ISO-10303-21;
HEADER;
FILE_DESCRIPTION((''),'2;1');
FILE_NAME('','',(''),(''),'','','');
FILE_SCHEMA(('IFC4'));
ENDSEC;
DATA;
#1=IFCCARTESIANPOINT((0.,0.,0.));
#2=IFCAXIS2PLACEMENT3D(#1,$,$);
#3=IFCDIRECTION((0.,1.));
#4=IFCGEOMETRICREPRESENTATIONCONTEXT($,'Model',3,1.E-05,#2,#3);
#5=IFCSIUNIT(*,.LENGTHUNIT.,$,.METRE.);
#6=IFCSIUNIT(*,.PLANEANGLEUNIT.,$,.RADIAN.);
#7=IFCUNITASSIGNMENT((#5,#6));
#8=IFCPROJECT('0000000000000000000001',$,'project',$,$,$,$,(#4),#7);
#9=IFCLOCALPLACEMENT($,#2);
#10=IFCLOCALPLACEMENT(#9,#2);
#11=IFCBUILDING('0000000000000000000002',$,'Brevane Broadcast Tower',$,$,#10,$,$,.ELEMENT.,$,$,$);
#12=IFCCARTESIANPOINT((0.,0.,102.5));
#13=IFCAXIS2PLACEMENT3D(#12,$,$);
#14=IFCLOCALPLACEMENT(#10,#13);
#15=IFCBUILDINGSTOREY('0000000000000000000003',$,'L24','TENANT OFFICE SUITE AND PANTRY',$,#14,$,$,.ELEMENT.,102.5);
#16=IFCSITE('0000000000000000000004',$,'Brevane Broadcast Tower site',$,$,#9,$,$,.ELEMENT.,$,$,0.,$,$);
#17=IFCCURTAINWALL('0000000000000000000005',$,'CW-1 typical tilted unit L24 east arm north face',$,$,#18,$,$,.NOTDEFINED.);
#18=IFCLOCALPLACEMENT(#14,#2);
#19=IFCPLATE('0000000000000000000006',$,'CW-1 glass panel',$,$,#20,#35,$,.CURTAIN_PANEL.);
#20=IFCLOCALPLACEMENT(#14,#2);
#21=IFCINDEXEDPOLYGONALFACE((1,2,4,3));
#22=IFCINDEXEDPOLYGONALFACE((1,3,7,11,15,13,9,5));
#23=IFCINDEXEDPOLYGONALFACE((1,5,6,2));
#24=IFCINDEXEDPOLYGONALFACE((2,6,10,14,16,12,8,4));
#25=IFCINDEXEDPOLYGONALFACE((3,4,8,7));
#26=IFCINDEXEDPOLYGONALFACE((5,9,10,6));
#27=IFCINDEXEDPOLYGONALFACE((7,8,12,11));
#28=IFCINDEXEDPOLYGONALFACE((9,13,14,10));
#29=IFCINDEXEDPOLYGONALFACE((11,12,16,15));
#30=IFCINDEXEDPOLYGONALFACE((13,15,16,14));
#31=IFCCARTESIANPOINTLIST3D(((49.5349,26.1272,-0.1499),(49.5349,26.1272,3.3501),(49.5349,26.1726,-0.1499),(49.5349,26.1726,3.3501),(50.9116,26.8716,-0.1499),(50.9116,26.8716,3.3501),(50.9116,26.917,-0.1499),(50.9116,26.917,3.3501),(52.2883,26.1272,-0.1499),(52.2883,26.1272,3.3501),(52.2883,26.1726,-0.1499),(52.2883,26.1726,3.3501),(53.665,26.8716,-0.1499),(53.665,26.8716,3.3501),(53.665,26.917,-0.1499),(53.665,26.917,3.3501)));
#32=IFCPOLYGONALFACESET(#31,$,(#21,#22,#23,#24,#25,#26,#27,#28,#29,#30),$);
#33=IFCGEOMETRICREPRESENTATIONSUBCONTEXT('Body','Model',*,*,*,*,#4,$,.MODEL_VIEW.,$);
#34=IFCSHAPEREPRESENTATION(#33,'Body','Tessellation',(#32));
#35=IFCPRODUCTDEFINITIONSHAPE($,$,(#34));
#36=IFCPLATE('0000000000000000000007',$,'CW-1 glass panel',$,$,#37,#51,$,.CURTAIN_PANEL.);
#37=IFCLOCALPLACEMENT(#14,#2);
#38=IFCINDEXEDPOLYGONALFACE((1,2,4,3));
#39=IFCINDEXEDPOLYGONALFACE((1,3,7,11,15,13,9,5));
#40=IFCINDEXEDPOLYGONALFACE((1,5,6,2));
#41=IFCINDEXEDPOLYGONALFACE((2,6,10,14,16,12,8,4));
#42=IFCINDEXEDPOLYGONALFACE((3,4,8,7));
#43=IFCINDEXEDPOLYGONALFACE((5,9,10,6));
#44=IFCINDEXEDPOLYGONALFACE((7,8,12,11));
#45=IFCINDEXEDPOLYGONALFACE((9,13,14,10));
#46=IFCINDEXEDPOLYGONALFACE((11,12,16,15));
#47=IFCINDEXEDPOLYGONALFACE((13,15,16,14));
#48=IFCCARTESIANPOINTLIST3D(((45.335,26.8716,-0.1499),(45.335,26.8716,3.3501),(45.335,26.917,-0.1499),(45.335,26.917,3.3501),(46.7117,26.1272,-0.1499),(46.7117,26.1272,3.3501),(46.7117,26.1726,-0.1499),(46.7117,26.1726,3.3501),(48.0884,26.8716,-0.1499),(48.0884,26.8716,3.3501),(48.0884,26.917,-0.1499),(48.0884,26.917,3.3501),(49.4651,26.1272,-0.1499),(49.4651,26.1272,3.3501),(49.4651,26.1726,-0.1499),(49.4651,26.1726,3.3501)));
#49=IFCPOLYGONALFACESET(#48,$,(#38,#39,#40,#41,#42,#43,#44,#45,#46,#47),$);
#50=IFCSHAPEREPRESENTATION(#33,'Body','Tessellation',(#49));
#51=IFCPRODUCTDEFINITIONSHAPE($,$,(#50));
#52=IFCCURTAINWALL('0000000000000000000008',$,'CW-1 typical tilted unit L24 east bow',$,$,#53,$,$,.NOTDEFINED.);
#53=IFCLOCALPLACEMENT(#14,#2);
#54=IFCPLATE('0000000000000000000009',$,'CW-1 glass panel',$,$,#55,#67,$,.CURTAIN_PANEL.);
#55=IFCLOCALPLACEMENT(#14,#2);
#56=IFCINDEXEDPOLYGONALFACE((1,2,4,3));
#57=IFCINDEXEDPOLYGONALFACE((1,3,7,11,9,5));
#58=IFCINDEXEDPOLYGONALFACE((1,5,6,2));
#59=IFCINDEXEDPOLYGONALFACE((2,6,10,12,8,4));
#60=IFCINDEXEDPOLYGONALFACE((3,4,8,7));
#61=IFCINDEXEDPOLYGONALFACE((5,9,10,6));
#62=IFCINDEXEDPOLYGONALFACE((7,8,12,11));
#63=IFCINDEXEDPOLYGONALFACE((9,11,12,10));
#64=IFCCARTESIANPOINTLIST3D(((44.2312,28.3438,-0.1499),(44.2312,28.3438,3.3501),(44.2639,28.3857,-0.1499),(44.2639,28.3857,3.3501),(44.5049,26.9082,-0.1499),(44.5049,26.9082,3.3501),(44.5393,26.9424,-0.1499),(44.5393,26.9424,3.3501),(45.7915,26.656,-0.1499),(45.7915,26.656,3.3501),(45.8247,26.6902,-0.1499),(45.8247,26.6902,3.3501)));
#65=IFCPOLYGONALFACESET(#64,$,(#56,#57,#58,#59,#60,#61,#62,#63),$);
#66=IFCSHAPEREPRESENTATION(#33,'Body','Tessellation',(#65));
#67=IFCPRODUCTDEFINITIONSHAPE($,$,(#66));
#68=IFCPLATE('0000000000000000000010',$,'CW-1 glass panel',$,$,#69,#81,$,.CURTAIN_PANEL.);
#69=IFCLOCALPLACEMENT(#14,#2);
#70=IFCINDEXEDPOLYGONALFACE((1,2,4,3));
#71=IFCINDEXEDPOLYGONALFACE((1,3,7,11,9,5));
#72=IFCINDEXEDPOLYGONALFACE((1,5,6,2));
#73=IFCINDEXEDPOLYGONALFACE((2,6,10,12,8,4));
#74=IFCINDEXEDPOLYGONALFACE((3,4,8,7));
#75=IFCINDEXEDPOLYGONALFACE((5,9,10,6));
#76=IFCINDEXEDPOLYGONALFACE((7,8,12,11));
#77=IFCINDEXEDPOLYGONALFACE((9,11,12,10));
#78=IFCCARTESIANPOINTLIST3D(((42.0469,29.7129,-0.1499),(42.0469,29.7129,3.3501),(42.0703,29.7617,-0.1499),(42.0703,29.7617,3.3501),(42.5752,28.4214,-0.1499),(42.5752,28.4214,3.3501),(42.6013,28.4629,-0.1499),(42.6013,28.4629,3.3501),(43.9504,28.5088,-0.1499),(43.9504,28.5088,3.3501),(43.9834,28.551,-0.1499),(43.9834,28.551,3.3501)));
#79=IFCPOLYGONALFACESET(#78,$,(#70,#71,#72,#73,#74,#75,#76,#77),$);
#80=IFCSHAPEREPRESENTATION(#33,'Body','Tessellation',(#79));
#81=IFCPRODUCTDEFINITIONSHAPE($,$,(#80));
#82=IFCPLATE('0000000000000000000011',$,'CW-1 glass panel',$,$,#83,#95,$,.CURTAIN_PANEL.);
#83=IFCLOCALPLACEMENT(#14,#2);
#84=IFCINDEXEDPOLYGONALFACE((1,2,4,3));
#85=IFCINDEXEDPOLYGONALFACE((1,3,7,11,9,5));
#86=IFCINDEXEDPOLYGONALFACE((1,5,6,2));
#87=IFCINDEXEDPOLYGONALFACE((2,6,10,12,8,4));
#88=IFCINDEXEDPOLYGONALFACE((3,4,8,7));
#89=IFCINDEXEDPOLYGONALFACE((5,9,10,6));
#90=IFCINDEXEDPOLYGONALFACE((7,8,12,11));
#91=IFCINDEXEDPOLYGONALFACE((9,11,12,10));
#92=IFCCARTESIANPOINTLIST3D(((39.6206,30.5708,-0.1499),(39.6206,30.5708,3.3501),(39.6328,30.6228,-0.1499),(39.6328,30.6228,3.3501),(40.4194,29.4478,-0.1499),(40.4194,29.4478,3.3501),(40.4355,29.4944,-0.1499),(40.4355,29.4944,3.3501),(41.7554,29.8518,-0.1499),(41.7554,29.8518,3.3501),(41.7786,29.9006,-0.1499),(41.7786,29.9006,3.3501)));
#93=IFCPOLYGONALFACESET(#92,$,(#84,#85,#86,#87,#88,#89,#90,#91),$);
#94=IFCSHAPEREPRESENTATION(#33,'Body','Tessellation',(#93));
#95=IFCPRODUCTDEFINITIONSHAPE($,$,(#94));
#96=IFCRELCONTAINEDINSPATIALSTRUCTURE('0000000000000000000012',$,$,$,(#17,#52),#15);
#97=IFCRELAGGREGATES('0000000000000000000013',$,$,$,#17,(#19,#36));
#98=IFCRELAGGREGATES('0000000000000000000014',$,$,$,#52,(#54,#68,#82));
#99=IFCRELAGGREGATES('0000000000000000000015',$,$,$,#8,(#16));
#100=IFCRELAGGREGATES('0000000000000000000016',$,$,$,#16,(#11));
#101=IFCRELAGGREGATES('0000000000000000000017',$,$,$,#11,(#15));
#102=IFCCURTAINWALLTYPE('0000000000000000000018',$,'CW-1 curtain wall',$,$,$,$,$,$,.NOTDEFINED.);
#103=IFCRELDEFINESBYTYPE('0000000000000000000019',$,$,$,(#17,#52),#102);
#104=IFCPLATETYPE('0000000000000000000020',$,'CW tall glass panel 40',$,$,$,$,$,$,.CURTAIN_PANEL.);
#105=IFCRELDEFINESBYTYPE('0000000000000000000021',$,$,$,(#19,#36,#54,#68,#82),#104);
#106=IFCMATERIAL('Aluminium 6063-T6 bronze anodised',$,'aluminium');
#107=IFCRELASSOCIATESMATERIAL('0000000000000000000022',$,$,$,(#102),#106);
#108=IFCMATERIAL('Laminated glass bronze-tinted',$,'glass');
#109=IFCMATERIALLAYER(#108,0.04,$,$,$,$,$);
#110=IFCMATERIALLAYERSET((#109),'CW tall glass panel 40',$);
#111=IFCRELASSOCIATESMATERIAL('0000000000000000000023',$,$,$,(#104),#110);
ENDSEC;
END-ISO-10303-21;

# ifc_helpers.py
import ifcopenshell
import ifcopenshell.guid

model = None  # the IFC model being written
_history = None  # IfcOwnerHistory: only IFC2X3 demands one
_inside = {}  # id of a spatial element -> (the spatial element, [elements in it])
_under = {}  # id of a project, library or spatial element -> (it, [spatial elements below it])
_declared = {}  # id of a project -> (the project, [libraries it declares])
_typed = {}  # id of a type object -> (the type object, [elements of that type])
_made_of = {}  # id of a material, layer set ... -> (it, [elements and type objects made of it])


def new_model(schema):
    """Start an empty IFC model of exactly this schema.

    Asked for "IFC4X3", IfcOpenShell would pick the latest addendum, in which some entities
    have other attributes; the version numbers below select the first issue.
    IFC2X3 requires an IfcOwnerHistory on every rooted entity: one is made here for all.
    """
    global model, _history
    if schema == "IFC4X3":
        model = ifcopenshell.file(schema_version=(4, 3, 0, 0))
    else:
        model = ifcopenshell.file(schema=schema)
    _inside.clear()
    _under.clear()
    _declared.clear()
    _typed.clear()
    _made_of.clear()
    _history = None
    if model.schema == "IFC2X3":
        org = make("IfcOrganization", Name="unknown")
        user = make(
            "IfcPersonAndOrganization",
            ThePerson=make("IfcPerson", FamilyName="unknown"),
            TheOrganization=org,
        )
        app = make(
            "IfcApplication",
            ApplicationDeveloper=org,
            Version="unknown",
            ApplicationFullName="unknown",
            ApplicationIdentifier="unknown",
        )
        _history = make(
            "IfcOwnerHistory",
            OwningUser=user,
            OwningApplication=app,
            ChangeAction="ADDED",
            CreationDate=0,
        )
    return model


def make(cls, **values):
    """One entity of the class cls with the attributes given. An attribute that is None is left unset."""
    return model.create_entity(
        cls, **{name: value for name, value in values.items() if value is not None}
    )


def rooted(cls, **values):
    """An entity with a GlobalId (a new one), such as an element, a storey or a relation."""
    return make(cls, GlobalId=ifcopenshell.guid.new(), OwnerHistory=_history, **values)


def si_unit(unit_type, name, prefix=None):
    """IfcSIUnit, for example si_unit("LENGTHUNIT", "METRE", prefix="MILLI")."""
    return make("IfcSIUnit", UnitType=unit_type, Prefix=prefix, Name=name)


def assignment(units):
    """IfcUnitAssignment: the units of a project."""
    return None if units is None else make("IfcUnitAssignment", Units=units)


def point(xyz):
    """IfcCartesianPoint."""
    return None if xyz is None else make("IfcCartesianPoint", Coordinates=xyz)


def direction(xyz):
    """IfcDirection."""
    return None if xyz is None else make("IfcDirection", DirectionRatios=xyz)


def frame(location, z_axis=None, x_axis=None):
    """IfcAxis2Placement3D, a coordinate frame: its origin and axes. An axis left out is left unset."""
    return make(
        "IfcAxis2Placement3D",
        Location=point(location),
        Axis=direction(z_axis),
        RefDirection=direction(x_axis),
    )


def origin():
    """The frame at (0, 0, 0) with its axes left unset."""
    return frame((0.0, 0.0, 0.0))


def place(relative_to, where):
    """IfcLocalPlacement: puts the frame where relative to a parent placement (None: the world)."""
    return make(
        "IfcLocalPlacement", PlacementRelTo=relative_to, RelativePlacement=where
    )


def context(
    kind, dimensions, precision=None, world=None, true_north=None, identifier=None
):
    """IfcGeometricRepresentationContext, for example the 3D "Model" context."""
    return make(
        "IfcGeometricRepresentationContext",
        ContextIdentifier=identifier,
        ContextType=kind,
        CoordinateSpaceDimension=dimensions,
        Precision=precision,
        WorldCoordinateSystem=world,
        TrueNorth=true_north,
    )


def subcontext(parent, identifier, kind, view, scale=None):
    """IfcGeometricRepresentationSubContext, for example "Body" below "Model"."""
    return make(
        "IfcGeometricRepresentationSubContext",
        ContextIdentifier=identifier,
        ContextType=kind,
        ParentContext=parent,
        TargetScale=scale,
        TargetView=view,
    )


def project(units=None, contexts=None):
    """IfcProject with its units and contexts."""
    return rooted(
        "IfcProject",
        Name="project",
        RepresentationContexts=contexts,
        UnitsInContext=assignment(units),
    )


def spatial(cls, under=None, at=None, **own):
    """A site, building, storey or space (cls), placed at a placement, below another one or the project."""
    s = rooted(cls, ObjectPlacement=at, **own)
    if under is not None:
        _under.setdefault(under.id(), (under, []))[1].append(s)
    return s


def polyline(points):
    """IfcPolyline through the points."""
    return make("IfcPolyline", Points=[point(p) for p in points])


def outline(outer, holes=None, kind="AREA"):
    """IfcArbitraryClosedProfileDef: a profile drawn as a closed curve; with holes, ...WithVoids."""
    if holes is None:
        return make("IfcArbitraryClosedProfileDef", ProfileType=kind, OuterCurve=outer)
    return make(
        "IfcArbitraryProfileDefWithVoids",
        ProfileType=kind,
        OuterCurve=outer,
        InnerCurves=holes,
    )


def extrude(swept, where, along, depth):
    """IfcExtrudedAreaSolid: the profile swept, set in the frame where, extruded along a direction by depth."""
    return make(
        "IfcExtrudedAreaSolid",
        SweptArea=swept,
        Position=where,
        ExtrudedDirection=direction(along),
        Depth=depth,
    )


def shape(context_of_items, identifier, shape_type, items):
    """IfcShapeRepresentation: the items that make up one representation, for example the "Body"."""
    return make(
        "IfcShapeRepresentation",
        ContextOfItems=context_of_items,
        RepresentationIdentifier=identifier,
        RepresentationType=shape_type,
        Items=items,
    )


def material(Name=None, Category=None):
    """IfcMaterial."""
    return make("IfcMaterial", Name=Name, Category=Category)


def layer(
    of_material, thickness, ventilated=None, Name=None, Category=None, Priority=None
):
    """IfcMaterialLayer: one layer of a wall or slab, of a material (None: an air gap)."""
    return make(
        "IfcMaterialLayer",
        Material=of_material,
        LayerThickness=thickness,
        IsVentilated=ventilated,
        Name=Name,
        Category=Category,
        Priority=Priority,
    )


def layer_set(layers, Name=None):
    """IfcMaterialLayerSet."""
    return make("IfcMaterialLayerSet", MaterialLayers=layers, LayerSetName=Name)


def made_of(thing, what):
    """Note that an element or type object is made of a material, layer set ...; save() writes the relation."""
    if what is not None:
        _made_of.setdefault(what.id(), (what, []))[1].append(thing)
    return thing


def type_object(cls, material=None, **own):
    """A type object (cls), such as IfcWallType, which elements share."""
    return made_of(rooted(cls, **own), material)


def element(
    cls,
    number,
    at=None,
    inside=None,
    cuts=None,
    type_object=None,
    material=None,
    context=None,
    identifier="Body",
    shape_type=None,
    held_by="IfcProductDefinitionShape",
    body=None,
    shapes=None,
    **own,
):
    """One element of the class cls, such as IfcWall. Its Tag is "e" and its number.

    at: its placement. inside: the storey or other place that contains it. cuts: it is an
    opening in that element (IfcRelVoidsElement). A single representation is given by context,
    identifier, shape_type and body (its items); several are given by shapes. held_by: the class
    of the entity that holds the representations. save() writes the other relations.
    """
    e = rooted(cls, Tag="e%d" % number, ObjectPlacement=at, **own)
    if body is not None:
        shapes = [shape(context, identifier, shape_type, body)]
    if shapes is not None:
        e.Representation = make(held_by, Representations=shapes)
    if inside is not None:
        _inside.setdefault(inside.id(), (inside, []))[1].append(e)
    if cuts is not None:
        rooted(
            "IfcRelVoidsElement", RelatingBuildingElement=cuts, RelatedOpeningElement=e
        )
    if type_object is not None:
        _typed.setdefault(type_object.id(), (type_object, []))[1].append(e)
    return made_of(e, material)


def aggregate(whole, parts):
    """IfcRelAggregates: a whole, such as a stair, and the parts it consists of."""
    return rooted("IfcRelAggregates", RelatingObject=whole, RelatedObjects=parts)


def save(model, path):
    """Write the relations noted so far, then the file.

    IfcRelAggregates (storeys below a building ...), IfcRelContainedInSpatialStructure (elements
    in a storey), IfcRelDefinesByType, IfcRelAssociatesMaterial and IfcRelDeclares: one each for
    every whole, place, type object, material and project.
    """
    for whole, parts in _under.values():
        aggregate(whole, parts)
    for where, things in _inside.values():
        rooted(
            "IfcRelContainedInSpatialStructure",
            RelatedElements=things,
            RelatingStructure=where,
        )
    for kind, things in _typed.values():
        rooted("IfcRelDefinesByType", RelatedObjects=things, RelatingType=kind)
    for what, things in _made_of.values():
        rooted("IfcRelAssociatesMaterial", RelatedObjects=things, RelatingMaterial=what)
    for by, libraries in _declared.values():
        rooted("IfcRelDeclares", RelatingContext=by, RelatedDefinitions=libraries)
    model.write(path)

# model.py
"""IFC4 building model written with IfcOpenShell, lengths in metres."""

from ifc_helpers import new_model, si_unit, direction, frame, origin, place, context, subcontext, project, spatial, polyline, outline, extrude, material, layer, layer_set, type_object, element, aggregate, save


model = new_model("IFC4")

# Units and contexts
model_context = context("Model", 3, precision=1e-05, world=origin(), true_north=direction((0.0, 1.0)))
body_context = subcontext(model_context, "Body", "Model", "MODEL_VIEW")
ifc_project = project(units=[si_unit("LENGTHUNIT", "METRE"), si_unit("PLANEANGLEUNIT", "RADIAN")], contexts=[model_context])

# Site, building, storey
site_placement = place(None, origin())
site = spatial("IfcSite", under=ifc_project, at=site_placement, Name="Brevane Broadcast Tower site", CompositionType="ELEMENT", RefElevation=0.0)
building_placement = place(site_placement, origin())
building = spatial("IfcBuilding", under=site, at=building_placement, Name="Brevane Broadcast Tower", CompositionType="ELEMENT")
storey_placement = place(building_placement, frame((0.0, 0.0, 102.5)))
storey = spatial("IfcBuildingStorey", under=building, at=storey_placement, Name="L24", Description="TENANT OFFICE SUITE AND PANTRY", CompositionType="ELEMENT", Elevation=102.5)

# Curtain walls, plates
ifc_material_1 = material(Name="Aluminium 6063-T6 bronze anodised", Category="aluminium")
curtain_wall_type = type_object("IfcCurtainWallType", Name="CW-1 curtain wall", PredefinedType="NOTDEFINED", material=ifc_material_1)
ifc_material_2 = material(Name="Laminated glass bronze-tinted", Category="glass")
ifc_layer = layer(ifc_material_2, 0.04)
ifc_layer_set = layer_set([ifc_layer], Name="CW tall glass panel 40")
plate_type = type_object("IfcPlateType", Name="CW tall glass panel 40", PredefinedType="CURTAIN_PANEL", material=ifc_layer_set)
curtain_wall_1_placement = place(storey_placement, origin())
curtain_wall_1 = element("IfcCurtainWall", 1, at=curtain_wall_1_placement, inside=storey, type_object=curtain_wall_type, Name="CW-1 typical tilted unit L24 east arm north face", PredefinedType="NOTDEFINED")
plate_1_placement = place(storey_placement, frame((0.0, 0.0, -0.1499)))
plate_1 = element("IfcPlate", 2, at=plate_1_placement, type_object=plate_type, Name="CW-1 glass panel", PredefinedType="CURTAIN_PANEL", context=body_context, shape_type="SweptSolid", body=[
    extrude(outline(polyline([(53.665, 26.8716), (53.665, 26.917), (52.2883, 26.1726), (50.9116, 26.917), (49.5349, 26.1726), (49.5349, 26.1272), (50.9116, 26.8716), (52.2883, 26.1272), (53.665, 26.8716)])), origin(), (0.0, 0.0, 1.0), 3.5),
])
plate_2_placement = place(storey_placement, frame((0.0, 0.0, -0.1499)))
plate_2 = element("IfcPlate", 3, at=plate_2_placement, type_object=plate_type, Name="CW-1 glass panel", PredefinedType="CURTAIN_PANEL", context=body_context, shape_type="SweptSolid", body=[
    extrude(outline(polyline([(49.4651, 26.1272), (49.4651, 26.1726), (48.0884, 26.917), (46.7117, 26.1726), (45.335, 26.917), (45.335, 26.8716), (46.7117, 26.1272), (48.0884, 26.8716), (49.4651, 26.1272)])), origin(), (0.0, 0.0, 1.0), 3.5),
])
aggregate(curtain_wall_1, [plate_1, plate_2])
curtain_wall_2_placement = place(storey_placement, origin())
curtain_wall_2 = element("IfcCurtainWall", 4, at=curtain_wall_2_placement, inside=storey, type_object=curtain_wall_type, Name="CW-1 typical tilted unit L24 east bow", PredefinedType="NOTDEFINED")
plate_3_placement = place(storey_placement, frame((0.0, 0.0, -0.1499)))
plate_3 = element("IfcPlate", 5, at=plate_3_placement, type_object=plate_type, Name="CW-1 glass panel", PredefinedType="CURTAIN_PANEL", context=body_context, shape_type="SweptSolid", body=[
    extrude(outline(polyline([(45.7915, 26.656), (45.8247, 26.6902), (44.5393, 26.9424), (44.2639, 28.3857), (44.2312, 28.3438), (44.5049, 26.9082), (45.7915, 26.656)])), origin(), (0.0, 0.0, 1.0), 3.5),
])
plate_4_placement = place(storey_placement, frame((0.0, 0.0, -0.1499)))
plate_4 = element("IfcPlate", 6, at=plate_4_placement, type_object=plate_type, Name="CW-1 glass panel", PredefinedType="CURTAIN_PANEL", context=body_context, shape_type="SweptSolid", body=[
    extrude(outline(polyline([(43.9504, 28.5088), (43.9834, 28.551), (42.6013, 28.4629), (42.0703, 29.7617), (42.0469, 29.7129), (42.5752, 28.4214), (43.9504, 28.5088)])), origin(), (0.0, 0.0, 1.0), 3.5),
])
plate_5_placement = place(storey_placement, frame((0.0, 0.0, -0.1499)))
plate_5 = element("IfcPlate", 7, at=plate_5_placement, type_object=plate_type, Name="CW-1 glass panel", PredefinedType="CURTAIN_PANEL", context=body_context, shape_type="SweptSolid", body=[
    extrude(outline(polyline([(41.7554, 29.8518), (41.7786, 29.9006), (40.4355, 29.4944), (39.6328, 30.6228), (39.6206, 30.5708), (40.4194, 29.4478), (41.7554, 29.8518)])), origin(), (0.0, 0.0, 1.0), 3.5),
])
aggregate(curtain_wall_2, [plate_3, plate_4, plate_5])

save(model, "model.ifc")
